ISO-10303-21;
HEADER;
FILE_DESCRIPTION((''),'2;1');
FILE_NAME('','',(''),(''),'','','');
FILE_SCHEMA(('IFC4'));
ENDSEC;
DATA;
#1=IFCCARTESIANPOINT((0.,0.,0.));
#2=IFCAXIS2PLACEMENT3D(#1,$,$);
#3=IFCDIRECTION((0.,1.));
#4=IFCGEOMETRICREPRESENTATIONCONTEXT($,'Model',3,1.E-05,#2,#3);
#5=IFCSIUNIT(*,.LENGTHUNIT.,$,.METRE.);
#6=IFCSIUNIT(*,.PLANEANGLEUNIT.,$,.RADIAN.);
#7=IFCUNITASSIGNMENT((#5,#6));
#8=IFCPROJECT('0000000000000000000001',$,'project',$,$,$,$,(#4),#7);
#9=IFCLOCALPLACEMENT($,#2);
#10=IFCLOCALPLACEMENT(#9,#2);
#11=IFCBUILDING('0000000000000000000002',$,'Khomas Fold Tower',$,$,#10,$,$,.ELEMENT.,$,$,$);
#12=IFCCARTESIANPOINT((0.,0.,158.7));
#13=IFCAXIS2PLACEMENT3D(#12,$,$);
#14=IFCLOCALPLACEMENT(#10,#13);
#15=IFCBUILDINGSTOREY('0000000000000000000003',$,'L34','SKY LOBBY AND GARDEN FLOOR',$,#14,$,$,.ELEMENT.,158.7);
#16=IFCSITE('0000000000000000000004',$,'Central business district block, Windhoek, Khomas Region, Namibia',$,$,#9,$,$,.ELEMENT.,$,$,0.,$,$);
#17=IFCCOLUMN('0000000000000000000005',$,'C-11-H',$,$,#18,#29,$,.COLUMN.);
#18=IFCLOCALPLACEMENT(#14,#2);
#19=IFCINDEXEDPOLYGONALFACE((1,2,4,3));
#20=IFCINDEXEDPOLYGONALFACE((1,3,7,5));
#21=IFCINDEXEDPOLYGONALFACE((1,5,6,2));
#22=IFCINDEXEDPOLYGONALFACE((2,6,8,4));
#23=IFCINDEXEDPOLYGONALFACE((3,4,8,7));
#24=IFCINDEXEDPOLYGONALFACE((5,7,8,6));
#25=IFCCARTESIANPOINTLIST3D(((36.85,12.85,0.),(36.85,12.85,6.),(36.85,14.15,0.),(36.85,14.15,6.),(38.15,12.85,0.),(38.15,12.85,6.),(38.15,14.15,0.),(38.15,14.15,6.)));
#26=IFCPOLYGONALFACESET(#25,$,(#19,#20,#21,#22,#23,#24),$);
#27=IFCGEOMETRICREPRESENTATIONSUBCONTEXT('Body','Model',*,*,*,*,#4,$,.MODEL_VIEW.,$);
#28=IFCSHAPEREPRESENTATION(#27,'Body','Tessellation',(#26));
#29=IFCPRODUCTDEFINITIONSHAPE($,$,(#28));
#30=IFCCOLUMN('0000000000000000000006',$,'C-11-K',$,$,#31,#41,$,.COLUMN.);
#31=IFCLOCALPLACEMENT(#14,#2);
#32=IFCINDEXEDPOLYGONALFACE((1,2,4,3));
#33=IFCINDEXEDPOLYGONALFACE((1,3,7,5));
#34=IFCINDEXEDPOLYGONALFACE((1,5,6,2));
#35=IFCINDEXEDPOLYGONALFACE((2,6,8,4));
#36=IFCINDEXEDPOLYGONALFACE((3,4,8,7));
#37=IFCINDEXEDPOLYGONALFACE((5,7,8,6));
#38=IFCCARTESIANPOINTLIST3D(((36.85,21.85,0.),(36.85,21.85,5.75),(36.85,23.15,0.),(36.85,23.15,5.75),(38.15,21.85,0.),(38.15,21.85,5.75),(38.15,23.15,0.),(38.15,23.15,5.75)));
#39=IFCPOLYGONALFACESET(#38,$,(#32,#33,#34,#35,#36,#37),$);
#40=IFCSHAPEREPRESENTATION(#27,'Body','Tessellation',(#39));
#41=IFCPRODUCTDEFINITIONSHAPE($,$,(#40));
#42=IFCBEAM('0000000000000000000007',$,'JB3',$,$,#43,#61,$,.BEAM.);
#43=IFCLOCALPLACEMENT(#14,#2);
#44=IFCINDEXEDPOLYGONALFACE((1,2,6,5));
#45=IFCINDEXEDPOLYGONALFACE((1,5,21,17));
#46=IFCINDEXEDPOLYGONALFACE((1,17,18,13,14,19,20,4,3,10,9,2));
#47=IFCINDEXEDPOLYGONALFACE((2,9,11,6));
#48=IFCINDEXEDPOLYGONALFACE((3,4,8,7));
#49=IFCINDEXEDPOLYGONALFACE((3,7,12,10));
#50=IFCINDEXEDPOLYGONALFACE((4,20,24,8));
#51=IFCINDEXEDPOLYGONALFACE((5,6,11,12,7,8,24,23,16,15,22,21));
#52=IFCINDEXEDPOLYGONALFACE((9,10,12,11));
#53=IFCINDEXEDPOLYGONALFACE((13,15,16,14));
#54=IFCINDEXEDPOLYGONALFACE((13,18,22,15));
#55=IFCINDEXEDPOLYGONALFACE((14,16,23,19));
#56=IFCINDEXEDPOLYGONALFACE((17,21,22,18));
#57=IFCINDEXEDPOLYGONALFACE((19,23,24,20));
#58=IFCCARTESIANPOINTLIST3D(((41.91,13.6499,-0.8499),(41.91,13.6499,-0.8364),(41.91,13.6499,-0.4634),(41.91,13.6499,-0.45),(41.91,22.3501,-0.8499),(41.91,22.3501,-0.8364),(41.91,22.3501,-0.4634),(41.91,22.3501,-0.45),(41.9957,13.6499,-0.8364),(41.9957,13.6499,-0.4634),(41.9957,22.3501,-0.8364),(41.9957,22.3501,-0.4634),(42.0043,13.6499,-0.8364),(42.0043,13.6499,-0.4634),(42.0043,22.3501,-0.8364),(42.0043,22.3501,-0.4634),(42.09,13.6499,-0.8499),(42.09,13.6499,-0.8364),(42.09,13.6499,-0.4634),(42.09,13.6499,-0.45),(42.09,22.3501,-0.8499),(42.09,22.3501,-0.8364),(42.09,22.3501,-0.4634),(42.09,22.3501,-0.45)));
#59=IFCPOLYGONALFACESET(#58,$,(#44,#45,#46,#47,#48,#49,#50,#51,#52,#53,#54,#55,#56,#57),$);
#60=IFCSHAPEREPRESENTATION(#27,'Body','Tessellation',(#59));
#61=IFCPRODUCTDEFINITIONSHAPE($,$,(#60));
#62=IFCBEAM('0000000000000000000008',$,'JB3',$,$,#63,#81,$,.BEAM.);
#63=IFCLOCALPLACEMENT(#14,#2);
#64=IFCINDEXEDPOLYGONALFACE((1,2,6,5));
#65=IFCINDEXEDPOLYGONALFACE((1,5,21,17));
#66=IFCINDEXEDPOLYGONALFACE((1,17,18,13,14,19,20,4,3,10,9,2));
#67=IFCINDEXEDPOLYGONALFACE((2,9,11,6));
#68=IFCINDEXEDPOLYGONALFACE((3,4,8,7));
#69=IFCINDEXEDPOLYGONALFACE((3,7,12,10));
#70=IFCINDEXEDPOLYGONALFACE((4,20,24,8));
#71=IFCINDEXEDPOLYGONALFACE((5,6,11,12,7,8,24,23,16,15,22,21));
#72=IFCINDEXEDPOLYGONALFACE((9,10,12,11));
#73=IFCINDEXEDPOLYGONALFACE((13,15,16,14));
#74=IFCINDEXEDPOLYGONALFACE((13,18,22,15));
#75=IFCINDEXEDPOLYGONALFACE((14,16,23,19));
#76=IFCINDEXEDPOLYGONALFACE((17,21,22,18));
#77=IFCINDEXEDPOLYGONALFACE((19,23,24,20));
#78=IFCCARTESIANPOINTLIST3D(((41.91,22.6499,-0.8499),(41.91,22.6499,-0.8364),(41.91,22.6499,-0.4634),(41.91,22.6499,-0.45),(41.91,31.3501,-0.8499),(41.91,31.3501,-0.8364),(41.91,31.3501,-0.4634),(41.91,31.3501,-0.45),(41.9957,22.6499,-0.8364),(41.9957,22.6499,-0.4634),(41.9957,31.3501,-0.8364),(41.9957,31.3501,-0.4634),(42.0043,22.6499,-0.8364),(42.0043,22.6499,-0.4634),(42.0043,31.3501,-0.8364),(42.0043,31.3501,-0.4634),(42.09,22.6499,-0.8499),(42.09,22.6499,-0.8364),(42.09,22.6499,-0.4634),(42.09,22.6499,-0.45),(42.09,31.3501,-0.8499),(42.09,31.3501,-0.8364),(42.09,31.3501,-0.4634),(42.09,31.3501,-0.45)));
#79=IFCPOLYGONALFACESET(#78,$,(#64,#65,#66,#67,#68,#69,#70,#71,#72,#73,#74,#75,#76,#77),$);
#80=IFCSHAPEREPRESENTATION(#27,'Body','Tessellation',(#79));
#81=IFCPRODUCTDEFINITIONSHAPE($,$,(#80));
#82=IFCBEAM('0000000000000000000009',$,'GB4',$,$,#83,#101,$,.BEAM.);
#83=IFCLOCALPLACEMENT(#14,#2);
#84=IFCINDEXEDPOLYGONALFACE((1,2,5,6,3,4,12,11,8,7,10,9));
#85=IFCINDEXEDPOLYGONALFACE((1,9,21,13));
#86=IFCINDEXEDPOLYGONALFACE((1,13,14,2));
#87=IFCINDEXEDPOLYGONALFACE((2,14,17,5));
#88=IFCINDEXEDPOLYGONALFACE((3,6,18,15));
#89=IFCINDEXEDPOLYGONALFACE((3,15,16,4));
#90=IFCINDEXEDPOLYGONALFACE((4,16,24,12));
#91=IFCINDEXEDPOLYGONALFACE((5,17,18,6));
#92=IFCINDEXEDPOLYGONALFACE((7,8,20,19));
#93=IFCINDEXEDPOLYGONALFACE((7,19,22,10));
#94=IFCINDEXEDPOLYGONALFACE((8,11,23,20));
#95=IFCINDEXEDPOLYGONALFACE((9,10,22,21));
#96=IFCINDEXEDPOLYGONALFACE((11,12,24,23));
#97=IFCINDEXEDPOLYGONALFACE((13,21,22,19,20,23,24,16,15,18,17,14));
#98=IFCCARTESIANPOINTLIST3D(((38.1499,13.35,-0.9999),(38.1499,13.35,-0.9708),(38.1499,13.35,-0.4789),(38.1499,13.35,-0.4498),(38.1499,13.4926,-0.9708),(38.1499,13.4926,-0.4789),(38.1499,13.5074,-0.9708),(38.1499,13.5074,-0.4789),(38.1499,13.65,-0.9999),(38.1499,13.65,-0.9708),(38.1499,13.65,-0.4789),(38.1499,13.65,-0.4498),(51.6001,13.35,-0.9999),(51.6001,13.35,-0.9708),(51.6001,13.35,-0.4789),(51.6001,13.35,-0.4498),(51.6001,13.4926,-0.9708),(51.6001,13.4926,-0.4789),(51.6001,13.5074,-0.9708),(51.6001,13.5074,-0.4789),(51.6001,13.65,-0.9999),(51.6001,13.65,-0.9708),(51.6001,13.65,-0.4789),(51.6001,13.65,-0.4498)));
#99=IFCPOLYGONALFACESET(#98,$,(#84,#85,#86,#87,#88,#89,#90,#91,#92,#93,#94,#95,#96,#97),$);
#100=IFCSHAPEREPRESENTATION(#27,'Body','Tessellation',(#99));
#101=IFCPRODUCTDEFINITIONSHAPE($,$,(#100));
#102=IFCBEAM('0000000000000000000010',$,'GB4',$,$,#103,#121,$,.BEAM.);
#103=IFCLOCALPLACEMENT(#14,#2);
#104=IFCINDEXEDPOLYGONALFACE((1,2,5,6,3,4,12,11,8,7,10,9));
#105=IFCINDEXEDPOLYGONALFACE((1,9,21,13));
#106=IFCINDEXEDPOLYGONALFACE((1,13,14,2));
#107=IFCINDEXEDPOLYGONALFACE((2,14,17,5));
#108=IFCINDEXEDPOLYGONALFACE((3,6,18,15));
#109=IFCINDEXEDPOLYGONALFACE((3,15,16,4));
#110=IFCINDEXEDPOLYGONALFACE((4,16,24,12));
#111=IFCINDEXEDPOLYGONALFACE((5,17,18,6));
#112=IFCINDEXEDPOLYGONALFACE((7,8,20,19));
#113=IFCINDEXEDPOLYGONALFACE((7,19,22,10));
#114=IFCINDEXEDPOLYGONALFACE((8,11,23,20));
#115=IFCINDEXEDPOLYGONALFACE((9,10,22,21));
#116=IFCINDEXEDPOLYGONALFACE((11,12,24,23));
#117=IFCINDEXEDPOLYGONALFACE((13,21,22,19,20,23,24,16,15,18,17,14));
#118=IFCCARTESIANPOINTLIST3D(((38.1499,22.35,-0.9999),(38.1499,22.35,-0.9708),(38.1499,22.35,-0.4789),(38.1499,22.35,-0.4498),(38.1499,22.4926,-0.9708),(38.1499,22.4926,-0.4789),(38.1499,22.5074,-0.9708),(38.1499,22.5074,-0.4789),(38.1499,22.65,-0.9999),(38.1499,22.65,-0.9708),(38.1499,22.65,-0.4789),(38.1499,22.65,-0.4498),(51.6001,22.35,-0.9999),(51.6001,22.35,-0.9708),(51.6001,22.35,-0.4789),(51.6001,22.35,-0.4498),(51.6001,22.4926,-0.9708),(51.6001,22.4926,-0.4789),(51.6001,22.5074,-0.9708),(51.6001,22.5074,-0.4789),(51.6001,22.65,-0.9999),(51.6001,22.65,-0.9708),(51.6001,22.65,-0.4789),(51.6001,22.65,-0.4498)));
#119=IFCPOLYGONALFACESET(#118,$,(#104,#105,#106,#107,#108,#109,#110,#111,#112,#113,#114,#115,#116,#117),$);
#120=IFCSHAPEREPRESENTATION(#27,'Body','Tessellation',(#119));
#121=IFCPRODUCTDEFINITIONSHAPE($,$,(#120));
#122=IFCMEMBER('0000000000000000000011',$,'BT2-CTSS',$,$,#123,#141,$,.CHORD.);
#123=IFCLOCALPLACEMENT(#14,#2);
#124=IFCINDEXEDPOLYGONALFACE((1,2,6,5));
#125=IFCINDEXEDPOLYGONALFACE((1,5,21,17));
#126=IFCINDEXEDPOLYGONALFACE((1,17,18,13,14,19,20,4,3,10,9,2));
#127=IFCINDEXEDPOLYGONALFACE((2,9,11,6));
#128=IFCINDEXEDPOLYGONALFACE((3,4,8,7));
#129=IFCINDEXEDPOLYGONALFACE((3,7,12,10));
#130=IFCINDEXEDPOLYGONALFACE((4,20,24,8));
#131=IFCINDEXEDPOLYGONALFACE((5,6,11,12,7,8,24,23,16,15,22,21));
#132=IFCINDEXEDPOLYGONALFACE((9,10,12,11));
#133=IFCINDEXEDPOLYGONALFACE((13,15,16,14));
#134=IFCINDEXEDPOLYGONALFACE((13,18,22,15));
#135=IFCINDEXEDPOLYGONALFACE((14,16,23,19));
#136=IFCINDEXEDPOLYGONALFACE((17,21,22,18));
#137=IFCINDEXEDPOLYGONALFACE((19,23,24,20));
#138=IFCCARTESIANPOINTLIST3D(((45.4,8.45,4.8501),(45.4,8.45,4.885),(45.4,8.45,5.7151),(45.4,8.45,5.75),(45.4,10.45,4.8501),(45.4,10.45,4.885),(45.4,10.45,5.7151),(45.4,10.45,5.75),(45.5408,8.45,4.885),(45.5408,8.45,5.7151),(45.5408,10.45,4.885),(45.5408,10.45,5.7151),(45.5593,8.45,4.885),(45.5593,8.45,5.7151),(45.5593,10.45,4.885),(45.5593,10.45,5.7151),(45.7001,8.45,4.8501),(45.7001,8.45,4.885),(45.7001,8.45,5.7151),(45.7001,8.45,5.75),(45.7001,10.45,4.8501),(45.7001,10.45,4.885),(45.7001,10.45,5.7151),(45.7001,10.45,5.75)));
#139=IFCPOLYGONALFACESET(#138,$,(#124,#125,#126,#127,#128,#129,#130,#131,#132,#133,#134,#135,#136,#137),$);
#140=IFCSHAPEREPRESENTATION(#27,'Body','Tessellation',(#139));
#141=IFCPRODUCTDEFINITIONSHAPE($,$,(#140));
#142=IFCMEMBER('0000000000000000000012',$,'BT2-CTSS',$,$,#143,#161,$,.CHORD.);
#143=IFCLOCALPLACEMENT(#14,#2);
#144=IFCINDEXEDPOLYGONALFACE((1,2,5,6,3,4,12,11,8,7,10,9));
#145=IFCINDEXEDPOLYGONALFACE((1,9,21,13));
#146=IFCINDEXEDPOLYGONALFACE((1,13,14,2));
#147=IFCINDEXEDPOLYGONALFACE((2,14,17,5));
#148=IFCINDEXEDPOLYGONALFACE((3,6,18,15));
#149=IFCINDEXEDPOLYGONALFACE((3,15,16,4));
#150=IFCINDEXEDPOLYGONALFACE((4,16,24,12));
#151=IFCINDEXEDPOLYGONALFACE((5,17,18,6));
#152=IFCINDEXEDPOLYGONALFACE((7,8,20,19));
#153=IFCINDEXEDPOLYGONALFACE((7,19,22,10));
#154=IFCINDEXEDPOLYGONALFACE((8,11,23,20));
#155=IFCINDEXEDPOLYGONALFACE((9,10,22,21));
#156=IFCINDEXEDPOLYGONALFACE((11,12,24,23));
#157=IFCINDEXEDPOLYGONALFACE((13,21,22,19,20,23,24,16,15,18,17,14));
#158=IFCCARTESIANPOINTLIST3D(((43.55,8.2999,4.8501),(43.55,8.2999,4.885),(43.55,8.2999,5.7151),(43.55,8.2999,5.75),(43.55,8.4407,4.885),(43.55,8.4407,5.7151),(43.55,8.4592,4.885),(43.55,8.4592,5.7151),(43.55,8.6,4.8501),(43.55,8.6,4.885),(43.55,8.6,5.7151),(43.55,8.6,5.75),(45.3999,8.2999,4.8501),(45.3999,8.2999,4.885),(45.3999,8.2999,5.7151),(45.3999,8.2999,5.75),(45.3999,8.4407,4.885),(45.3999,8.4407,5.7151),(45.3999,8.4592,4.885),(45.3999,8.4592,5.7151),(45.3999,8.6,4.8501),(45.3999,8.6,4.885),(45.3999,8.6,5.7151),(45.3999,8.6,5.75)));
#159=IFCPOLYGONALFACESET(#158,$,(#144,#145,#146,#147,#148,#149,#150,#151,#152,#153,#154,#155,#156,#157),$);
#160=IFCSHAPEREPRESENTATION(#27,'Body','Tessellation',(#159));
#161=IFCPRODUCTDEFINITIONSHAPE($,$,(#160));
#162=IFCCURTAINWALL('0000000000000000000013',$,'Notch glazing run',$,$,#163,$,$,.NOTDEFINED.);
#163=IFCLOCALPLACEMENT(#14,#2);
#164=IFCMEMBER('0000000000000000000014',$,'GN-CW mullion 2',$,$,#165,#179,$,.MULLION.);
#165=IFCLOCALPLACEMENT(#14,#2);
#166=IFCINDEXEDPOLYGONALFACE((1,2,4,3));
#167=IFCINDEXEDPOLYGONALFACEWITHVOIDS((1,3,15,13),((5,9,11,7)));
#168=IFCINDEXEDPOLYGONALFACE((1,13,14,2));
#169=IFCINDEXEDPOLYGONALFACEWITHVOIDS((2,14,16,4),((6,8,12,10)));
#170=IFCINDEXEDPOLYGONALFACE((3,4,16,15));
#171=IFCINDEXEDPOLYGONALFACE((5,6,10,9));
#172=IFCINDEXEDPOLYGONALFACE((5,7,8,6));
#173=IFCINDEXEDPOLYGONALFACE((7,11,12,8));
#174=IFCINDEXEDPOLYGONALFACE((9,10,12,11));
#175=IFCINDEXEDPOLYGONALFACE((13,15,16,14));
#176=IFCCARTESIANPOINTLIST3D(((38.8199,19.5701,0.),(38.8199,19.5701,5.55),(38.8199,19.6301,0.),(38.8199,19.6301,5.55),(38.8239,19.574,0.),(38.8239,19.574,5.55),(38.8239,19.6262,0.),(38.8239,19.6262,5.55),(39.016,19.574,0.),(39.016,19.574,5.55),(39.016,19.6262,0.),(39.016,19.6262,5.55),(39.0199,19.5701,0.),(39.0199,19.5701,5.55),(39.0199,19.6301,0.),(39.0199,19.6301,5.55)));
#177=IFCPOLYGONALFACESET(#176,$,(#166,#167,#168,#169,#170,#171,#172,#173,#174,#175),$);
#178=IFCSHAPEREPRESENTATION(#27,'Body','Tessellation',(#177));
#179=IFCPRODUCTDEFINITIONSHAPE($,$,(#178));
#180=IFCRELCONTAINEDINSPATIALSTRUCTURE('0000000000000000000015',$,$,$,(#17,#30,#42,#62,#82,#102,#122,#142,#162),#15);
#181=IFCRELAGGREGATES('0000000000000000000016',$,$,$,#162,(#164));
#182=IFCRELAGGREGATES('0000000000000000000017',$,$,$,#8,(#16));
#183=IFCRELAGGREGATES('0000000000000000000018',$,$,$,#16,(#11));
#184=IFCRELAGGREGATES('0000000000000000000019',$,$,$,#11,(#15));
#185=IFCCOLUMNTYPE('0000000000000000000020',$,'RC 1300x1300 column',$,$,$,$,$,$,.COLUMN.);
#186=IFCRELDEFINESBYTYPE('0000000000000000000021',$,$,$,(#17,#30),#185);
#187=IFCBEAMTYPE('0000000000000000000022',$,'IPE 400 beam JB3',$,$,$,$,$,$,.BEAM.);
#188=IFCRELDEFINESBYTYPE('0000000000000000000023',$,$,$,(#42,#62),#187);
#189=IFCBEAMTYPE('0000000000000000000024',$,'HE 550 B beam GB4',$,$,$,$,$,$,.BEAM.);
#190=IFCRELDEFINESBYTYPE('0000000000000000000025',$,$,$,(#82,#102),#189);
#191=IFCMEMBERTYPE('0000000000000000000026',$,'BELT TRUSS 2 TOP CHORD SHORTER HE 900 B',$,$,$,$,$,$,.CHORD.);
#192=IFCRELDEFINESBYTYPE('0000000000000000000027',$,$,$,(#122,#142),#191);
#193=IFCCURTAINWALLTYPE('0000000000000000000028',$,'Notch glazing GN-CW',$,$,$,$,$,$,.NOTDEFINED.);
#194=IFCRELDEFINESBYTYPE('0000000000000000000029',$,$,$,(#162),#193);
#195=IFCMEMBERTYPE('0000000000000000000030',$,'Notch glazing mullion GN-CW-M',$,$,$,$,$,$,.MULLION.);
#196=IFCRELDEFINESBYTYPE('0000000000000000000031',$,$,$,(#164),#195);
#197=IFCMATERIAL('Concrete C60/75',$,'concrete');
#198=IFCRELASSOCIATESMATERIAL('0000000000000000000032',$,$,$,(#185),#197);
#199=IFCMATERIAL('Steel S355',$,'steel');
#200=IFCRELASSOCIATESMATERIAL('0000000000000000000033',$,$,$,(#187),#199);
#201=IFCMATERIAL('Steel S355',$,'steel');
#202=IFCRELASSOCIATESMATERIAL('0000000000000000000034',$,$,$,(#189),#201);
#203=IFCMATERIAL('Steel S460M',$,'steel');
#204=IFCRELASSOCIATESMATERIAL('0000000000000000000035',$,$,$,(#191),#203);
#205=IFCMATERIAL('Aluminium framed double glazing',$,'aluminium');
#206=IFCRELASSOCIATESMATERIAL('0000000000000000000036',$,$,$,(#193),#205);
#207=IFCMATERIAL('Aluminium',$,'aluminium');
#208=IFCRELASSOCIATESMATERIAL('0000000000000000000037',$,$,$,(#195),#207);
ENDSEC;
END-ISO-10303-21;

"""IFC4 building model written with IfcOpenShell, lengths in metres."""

from ifc_helpers import new_model, si_unit, direction, frame, origin, origin_2d, place, context, subcontext, project, spatial, rectangle, hollow_rectangle, i_section, extrude, source, transform, mapped, material, material_profile, profile_set, type_object, element, aggregate, save


model = new_model("IFC4")

# Units and contexts
model_context = context("Model", 3, precision=1e-05, world=origin(), true_north=direction((0.0, 1.0)))
body_context = subcontext(model_context, "Body", "Model", "MODEL_VIEW")
ifc_project = project(units=[si_unit("LENGTHUNIT", "METRE"), si_unit("PLANEANGLEUNIT", "RADIAN")], contexts=[model_context])

# Site, building, storey
site_placement = place(None, origin())
site = spatial("IfcSite", under=ifc_project, at=site_placement, Name="Central business district block, Windhoek, Khomas Region, Namibia", CompositionType="ELEMENT", RefElevation=0.0)
building_placement = place(site_placement, origin())
building = spatial("IfcBuilding", under=site, at=building_placement, Name="Khomas Fold Tower", CompositionType="ELEMENT")
storey_placement = place(building_placement, frame((0.0, 0.0, 158.7)))
storey = spatial("IfcBuildingStorey", under=building, at=storey_placement, Name="L34", Description="SKY LOBBY AND GARDEN FLOOR", CompositionType="ELEMENT", Elevation=158.7)

# Columns
ifc_material_1 = material(Name="Concrete C60/75", Category="concrete")
ifc_material_profile_1 = material_profile(ifc_material_1, rectangle(XDim=1.3, YDim=1.3, at=origin_2d()), Name="RC 1300x1300")
ifc_profile_set_1 = profile_set([ifc_material_profile_1], Name="Concrete C60/75")
column_type = type_object("IfcColumnType", Name="RC 1300x1300 column", PredefinedType="COLUMN", material=ifc_profile_set_1)
shared_shape_1 = source(origin(), body_context, "Body", "SweptSolid", [
    extrude(rectangle(XDim=1.3, YDim=1.3, at=origin_2d()), origin(), (0.0, 0.0, 1.0), 6.0),
])
column_1_placement = place(storey_placement, frame((37.5, 13.5, 0.0), z_axis=(0.0, 0.0, 1.0), x_axis=(1.0, 0.0, 0.0)))
element("IfcColumn", 1, at=column_1_placement, inside=storey, type_object=column_type, Name="C-11-H", PredefinedType="COLUMN", context=body_context, shape_type="MappedRepresentation", body=[
    mapped(shared_shape_1, transform((0.0, 0.0, 0.0))),
])
shared_shape_2 = source(origin(), body_context, "Body", "SweptSolid", [
    extrude(rectangle(XDim=1.3, YDim=1.3, at=origin_2d()), origin(), (0.0, 0.0, 1.0), 5.75),
])
column_2_placement = place(storey_placement, frame((37.5, 22.5, 0.0), z_axis=(0.0, 0.0, 1.0), x_axis=(1.0, 0.0, 0.0)))
element("IfcColumn", 2, at=column_2_placement, inside=storey, type_object=column_type, Name="C-11-K", PredefinedType="COLUMN", context=body_context, shape_type="MappedRepresentation", body=[
    mapped(shared_shape_2, transform((0.0, 0.0, 0.0))),
])

# Beams
ifc_material_2 = material(Name="Steel S355", Category="steel")
ifc_material_profile_2 = material_profile(ifc_material_2, i_section(OverallWidth=0.1799, OverallDepth=0.3999, WebThickness=0.0085, FlangeThickness=0.0134, at=origin_2d()), Name="IPE 400")
ifc_profile_set_2 = profile_set([ifc_material_profile_2], Name="Steel S355")
beam_type_1 = type_object("IfcBeamType", Name="IPE 400 beam JB3", PredefinedType="BEAM", material=ifc_profile_set_2)
shared_shape_3 = source(origin(), body_context, "Body", "SweptSolid", [
    extrude(i_section(OverallWidth=0.1799, OverallDepth=0.3999, WebThickness=0.0085, FlangeThickness=0.0134, at=origin_2d()), origin(), (0.0, 0.0, 1.0), 8.7002),
])
for number, where, z_axis, x_axis, name in (
    (3, (42.0, 13.6499, -0.6499), (0.0, 1.0, 0.0), (-1.0, 0.0, 0.0), "JB3"),
    (4, (42.0, 22.6499, -0.6499), (0.0, 1.0, 0.0), (-1.0, 0.0, 0.0), "JB3"),
):
    element("IfcBeam", number, at=place(storey_placement, frame(where, z_axis=z_axis, x_axis=x_axis)), inside=storey, type_object=beam_type_1, Name=name, PredefinedType="BEAM", context=body_context, shape_type="MappedRepresentation", body=[
        mapped(shared_shape_3, transform((0.0, 0.0, 0.0))),
    ])
ifc_material_3 = material(Name="Steel S355", Category="steel")
ifc_material_profile_3 = material_profile(ifc_material_3, i_section(OverallWidth=0.3, OverallDepth=0.55, WebThickness=0.0149, FlangeThickness=0.0291, at=origin_2d()), Name="HE 550 B")
ifc_profile_set_3 = profile_set([ifc_material_profile_3], Name="Steel S355")
beam_type_2 = type_object("IfcBeamType", Name="HE 550 B beam GB4", PredefinedType="BEAM", material=ifc_profile_set_3)
shared_shape_4 = source(origin(), body_context, "Body", "SweptSolid", [
    extrude(i_section(OverallWidth=0.3, OverallDepth=0.55, WebThickness=0.0149, FlangeThickness=0.0291, at=origin_2d()), origin(), (0.0, 0.0, 1.0), 13.4502),
])
for number, where, z_axis, x_axis, name in (
    (5, (38.1499, 13.5, -0.7249), (1.0, 0.0, 0.0), (0.0, 1.0, 0.0), "GB4"),
    (6, (38.1499, 22.5, -0.7249), (1.0, 0.0, 0.0), (0.0, 1.0, 0.0), "GB4"),
):
    element("IfcBeam", number, at=place(storey_placement, frame(where, z_axis=z_axis, x_axis=x_axis)), inside=storey, type_object=beam_type_2, Name=name, PredefinedType="BEAM", context=body_context, shape_type="MappedRepresentation", body=[
        mapped(shared_shape_4, transform((0.0, 0.0, 0.0))),
    ])

# Members
ifc_material_4 = material(Name="Steel S460M", Category="steel")
ifc_material_profile_4 = material_profile(ifc_material_4, i_section(OverallWidth=0.3, OverallDepth=0.8999, WebThickness=0.0186, FlangeThickness=0.0349, at=origin_2d()), Name="HE 900 B")
ifc_profile_set_4 = profile_set([ifc_material_profile_4], Name="Steel S460M")
member_type_1 = type_object("IfcMemberType", Name="BELT TRUSS 2 TOP CHORD SHORTER HE 900 B", PredefinedType="CHORD", material=ifc_profile_set_4)
shared_shape_5 = source(origin(), body_context, "Body", "SweptSolid", [
    extrude(i_section(OverallWidth=0.3, OverallDepth=0.8999, WebThickness=0.0186, FlangeThickness=0.0349, at=origin_2d()), origin(), (0.0, 0.0, 1.0), 2.0),
])
member_1_placement = place(storey_placement, frame((45.55, 8.45, 5.3), z_axis=(0.0, 1.0, 0.0), x_axis=(-1.0, 0.0, 0.0)))
element("IfcMember", 7, at=member_1_placement, inside=storey, type_object=member_type_1, Name="BT2-CTSS", PredefinedType="CHORD", context=body_context, shape_type="MappedRepresentation", body=[
    mapped(shared_shape_5, transform((0.0, 0.0, 0.0))),
])
shared_shape_6 = source(origin(), body_context, "Body", "SweptSolid", [
    extrude(i_section(OverallWidth=0.3, OverallDepth=0.8999, WebThickness=0.0186, FlangeThickness=0.0349, at=origin_2d()), origin(), (0.0, 0.0, 1.0), 1.8499),
])
member_2_placement = place(storey_placement, frame((45.3999, 8.45, 5.3), z_axis=(-1.0, 0.0, 0.0), x_axis=(0.0, -1.0, 0.0)))
element("IfcMember", 8, at=member_2_placement, inside=storey, type_object=member_type_1, Name="BT2-CTSS", PredefinedType="CHORD", context=body_context, shape_type="MappedRepresentation", body=[
    mapped(shared_shape_6, transform((0.0, 0.0, 0.0))),
])

# Curtain wall, member
ifc_material_5 = material(Name="Aluminium framed double glazing", Category="aluminium")
curtain_wall_type = type_object("IfcCurtainWallType", Name="Notch glazing GN-CW", PredefinedType="NOTDEFINED", material=ifc_material_5)
curtain_wall_1_placement = place(storey_placement, origin())
curtain_wall_1 = element("IfcCurtainWall", 9, at=curtain_wall_1_placement, inside=storey, type_object=curtain_wall_type, Name="Notch glazing run", PredefinedType="NOTDEFINED")
ifc_material_6 = material(Name="Aluminium", Category="aluminium")
ifc_material_profile_5 = material_profile(ifc_material_6, hollow_rectangle(XDim=0.0601, YDim=0.2, WallThickness=0.0039, at=origin_2d()), Name="Notch glazing mullion GN-CW-M")
ifc_profile_set_5 = profile_set([ifc_material_profile_5], Name="Aluminium")
member_type_2 = type_object("IfcMemberType", Name="Notch glazing mullion GN-CW-M", PredefinedType="MULLION", material=ifc_profile_set_5)
shared_shape_7 = source(origin(), body_context, "Body", "SweptSolid", [
    extrude(hollow_rectangle(XDim=0.0601, YDim=0.2, WallThickness=0.0039, at=origin_2d()), origin(), (0.0, 0.0, 1.0), 5.55),
])
member_3_placement = place(storey_placement, frame((38.9199, 19.6001, 0.0), z_axis=(0.0, 0.0, 1.0), x_axis=(0.0, 1.0, 0.0)))
member_3 = element("IfcMember", 10, at=member_3_placement, type_object=member_type_2, Name="GN-CW mullion 2", PredefinedType="MULLION", context=body_context, shape_type="MappedRepresentation", body=[
    mapped(shared_shape_7, transform((0.0, 0.0, 0.0))),
])

aggregate(curtain_wall_1, [member_3])

save(model, "model.ifc")
